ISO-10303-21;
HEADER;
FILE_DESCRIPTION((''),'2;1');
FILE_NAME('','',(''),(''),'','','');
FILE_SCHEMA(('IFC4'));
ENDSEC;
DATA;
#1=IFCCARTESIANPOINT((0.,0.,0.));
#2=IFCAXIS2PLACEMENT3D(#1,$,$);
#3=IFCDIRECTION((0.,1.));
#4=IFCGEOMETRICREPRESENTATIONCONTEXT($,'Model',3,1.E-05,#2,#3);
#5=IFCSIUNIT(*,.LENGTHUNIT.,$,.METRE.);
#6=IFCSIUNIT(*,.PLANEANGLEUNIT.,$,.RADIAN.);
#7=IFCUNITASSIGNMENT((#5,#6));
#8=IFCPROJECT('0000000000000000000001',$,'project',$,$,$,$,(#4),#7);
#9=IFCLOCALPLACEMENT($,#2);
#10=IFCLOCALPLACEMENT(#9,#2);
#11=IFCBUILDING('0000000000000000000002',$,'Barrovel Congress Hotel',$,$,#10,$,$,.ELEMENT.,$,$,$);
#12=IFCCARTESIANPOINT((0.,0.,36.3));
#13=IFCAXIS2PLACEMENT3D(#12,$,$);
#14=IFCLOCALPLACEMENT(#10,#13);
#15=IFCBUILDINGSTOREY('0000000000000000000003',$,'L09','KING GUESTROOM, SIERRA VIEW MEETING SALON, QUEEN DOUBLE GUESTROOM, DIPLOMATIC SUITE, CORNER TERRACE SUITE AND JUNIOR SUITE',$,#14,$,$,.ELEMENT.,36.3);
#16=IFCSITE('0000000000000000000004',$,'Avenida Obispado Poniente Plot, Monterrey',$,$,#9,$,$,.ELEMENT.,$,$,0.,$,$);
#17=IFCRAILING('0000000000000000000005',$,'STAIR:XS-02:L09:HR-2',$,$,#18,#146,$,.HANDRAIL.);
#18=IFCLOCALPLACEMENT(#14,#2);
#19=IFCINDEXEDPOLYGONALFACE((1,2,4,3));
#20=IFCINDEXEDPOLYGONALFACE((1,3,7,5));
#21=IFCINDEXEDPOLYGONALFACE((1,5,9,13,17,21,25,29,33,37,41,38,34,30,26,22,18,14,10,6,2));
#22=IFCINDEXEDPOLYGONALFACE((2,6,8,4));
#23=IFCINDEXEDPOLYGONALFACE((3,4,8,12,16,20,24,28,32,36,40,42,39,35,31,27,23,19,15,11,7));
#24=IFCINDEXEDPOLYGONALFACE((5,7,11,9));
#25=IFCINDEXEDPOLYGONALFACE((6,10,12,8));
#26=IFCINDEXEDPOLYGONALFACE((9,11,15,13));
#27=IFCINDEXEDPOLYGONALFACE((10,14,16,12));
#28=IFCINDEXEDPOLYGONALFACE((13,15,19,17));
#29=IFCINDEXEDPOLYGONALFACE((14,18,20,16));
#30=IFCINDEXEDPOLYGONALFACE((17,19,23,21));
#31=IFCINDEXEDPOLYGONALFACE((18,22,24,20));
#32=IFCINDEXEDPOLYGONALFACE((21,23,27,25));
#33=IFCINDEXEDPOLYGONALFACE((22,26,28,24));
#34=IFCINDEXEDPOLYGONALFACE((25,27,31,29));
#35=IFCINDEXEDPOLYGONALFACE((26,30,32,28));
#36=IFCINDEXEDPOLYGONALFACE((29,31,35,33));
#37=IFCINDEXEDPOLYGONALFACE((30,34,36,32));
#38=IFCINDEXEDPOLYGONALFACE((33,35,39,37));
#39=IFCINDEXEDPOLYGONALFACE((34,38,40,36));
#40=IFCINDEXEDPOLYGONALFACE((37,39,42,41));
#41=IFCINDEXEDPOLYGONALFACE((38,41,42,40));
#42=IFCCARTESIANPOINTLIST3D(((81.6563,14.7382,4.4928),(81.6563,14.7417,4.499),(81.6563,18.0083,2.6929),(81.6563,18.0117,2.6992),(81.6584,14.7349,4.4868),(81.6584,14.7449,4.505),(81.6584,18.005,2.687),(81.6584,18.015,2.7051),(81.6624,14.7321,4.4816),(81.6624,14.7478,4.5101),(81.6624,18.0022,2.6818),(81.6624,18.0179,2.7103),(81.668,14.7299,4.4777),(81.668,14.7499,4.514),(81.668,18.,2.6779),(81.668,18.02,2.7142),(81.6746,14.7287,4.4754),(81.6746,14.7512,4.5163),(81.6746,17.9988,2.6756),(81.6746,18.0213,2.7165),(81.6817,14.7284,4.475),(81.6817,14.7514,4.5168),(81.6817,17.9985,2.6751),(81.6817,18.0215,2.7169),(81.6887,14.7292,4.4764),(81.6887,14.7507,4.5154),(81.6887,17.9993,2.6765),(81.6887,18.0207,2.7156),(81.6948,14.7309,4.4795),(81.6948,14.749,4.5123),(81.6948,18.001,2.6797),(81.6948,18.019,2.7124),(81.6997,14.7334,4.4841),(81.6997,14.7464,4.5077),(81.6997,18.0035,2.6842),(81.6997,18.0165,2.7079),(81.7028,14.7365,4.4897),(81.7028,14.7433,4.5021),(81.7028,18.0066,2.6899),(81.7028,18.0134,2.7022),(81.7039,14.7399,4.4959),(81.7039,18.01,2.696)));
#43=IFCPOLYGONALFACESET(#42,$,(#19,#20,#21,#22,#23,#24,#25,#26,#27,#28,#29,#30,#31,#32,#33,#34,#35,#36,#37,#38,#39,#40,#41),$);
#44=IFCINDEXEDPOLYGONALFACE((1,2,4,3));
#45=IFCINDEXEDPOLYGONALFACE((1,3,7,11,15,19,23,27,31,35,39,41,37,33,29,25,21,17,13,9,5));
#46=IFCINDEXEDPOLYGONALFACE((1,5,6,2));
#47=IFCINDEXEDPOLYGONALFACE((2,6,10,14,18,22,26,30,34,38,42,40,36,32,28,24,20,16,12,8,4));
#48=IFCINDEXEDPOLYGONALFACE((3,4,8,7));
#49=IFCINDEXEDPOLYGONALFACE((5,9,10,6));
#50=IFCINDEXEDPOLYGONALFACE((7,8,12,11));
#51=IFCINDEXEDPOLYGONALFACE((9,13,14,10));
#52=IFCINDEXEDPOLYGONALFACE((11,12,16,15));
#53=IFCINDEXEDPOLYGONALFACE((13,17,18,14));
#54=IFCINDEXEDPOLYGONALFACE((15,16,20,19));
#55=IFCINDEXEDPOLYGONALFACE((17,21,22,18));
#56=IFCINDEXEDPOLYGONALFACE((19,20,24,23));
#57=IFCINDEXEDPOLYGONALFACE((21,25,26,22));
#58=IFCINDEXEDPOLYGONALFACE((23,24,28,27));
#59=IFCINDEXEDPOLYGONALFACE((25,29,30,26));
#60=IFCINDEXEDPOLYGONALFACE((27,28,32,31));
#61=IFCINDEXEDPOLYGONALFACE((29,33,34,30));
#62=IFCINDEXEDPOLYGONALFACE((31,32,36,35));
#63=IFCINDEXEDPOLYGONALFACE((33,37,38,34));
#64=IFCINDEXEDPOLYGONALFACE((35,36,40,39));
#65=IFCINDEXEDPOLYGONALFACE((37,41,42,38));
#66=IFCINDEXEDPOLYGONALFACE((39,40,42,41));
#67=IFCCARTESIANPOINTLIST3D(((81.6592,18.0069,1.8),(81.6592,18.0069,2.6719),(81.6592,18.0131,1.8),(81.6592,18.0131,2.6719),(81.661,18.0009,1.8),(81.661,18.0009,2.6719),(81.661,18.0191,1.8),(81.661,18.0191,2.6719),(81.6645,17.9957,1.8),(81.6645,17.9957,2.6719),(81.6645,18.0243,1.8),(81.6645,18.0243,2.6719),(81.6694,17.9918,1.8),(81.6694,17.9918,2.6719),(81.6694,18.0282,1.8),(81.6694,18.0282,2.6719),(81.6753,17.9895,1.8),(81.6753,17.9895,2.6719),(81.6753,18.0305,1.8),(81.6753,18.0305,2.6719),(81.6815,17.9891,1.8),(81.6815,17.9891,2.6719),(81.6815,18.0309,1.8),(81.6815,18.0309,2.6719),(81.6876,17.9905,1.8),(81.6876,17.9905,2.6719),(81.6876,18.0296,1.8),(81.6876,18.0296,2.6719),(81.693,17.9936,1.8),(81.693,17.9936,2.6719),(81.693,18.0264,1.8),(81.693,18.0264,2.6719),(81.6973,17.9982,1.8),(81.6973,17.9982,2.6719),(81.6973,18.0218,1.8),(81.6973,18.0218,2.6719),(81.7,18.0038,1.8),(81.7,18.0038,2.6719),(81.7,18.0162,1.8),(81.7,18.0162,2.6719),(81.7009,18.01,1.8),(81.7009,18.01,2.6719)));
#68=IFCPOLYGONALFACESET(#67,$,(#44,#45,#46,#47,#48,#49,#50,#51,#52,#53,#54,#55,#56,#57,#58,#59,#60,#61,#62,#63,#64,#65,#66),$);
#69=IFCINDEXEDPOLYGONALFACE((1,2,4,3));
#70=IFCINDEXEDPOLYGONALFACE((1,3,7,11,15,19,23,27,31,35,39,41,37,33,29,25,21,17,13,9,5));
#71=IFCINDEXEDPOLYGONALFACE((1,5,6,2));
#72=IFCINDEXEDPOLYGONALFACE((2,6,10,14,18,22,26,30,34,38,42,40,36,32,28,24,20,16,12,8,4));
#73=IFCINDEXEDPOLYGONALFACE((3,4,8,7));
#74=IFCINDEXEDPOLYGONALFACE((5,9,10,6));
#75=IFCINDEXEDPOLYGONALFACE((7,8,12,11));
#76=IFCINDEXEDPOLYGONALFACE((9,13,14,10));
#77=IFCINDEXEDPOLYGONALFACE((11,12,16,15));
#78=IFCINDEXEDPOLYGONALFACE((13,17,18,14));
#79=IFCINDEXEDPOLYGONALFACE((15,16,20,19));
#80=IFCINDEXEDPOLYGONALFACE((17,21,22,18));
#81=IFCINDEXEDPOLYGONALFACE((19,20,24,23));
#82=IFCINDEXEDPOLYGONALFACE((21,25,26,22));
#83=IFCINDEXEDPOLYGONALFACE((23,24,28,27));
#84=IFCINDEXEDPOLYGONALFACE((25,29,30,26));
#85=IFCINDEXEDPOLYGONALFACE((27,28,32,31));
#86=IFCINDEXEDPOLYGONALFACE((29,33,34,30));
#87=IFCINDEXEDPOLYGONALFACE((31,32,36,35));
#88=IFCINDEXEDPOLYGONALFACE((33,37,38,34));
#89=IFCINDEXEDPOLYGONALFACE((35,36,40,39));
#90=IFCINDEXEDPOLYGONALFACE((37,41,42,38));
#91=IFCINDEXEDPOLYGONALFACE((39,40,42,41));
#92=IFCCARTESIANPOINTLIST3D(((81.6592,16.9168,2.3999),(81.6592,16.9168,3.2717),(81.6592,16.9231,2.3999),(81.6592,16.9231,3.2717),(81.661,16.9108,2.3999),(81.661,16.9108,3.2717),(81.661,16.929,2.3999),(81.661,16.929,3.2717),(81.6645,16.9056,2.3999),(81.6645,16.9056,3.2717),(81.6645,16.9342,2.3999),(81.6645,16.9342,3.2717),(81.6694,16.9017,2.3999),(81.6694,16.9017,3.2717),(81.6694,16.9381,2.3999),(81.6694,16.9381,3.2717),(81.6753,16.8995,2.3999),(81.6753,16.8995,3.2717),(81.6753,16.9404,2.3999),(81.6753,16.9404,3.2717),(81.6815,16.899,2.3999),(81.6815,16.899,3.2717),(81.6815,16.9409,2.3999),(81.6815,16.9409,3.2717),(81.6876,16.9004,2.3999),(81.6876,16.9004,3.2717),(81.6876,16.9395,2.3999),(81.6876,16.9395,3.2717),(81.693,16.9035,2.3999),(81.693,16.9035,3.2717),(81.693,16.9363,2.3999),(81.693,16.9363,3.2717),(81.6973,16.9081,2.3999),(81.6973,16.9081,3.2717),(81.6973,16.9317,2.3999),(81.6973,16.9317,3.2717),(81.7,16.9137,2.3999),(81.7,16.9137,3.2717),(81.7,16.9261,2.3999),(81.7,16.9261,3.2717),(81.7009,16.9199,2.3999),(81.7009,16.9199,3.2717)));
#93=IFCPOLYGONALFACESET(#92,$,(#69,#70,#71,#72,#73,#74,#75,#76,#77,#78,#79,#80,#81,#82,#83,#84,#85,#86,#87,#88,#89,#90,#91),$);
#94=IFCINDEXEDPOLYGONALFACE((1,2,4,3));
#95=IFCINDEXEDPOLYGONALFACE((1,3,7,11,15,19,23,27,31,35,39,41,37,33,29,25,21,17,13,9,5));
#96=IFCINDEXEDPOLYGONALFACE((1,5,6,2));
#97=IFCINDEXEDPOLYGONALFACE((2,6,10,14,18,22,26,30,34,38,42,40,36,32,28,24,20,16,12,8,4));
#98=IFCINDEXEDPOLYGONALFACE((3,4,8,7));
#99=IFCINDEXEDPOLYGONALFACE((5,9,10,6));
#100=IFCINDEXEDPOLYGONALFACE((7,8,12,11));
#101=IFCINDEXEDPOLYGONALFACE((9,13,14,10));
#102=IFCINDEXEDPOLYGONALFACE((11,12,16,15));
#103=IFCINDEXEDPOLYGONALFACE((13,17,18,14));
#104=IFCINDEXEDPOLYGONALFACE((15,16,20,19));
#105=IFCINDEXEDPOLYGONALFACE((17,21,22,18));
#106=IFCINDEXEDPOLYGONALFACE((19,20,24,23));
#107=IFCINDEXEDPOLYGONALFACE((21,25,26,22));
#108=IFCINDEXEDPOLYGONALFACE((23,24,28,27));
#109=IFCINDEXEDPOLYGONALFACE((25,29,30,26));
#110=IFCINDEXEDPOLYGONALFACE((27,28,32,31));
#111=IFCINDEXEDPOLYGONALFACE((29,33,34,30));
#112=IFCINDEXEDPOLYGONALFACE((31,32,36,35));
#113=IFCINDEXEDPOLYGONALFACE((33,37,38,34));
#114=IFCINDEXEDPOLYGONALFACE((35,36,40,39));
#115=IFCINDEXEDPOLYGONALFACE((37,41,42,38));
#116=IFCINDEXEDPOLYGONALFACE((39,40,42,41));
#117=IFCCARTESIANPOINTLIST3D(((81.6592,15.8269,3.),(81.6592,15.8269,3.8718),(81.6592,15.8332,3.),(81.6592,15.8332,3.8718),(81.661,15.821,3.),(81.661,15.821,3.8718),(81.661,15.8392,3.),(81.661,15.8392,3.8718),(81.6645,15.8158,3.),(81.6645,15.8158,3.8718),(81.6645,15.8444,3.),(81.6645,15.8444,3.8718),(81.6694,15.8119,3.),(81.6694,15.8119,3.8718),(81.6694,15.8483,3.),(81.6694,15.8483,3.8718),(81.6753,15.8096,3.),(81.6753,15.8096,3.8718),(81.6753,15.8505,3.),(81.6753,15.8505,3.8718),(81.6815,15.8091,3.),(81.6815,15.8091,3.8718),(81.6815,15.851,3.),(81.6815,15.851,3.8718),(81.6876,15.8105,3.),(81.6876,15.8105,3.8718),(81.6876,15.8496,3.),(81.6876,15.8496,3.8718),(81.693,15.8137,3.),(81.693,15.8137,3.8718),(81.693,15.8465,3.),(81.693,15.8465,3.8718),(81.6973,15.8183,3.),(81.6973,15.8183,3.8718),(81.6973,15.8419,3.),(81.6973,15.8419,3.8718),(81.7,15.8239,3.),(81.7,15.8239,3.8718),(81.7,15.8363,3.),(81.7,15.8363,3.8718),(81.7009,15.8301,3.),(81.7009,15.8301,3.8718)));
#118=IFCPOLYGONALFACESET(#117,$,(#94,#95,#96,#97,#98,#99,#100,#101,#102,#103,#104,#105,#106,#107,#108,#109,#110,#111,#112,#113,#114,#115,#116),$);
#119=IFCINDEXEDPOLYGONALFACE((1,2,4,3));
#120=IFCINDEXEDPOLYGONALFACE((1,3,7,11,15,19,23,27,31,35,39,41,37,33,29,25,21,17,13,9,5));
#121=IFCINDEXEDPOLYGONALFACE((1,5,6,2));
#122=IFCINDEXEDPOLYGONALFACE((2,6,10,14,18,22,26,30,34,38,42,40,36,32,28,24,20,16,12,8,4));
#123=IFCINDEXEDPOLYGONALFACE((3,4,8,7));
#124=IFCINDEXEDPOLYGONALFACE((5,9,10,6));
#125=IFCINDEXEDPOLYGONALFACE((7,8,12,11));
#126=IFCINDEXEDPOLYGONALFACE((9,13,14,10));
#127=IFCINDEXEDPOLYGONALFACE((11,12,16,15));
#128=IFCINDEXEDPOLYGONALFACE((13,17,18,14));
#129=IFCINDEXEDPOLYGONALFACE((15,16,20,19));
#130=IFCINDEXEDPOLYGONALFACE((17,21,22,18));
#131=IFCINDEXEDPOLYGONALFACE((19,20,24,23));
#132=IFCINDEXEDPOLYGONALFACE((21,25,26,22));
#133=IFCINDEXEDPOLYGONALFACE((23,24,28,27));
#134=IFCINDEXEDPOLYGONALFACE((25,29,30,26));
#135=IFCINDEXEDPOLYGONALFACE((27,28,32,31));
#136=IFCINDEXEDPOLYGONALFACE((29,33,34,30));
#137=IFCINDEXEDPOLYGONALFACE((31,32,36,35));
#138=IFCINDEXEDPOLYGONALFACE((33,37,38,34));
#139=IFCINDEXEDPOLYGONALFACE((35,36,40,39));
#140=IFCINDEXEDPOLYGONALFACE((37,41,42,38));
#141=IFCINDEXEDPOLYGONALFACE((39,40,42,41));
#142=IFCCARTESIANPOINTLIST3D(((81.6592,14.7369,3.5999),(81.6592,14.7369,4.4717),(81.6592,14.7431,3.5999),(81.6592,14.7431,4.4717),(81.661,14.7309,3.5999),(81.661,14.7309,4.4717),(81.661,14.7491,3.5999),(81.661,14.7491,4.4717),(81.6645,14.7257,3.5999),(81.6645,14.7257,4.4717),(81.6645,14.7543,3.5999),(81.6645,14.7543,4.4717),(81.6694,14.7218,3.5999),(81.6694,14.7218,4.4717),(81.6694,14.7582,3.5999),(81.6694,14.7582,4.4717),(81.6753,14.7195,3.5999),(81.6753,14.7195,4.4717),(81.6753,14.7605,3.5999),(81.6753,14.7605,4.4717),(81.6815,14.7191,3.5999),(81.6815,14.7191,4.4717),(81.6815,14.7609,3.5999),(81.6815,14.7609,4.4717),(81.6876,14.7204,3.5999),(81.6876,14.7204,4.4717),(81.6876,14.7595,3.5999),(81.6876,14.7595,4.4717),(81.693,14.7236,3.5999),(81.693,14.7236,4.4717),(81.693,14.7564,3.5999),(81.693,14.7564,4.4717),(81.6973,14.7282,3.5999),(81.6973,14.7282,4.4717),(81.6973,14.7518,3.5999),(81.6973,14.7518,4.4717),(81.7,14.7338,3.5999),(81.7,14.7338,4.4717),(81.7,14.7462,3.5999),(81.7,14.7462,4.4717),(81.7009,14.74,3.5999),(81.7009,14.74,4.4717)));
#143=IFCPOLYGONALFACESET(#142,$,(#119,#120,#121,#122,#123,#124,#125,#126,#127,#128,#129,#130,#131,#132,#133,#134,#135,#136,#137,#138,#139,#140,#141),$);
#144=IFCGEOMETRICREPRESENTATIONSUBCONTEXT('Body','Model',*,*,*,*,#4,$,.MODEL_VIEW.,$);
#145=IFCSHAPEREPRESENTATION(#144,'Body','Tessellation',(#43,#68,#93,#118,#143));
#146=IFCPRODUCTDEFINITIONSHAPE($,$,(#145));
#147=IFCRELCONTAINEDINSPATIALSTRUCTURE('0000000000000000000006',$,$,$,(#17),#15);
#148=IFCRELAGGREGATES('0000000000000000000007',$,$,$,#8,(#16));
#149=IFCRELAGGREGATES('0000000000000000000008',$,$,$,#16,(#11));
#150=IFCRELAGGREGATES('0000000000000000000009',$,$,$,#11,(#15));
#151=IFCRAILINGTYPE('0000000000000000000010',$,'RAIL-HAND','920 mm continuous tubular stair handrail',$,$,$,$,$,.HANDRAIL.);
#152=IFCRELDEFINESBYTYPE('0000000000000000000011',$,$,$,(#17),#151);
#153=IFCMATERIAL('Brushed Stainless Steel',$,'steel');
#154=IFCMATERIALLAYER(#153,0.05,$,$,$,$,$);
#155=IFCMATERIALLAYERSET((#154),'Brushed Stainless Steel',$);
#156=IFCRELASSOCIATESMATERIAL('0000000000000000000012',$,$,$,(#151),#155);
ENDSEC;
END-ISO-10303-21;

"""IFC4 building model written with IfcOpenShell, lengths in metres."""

from ifc_helpers import new_model, si_unit, direction, frame, origin, origin_2d, place, context, subcontext, project, spatial, circle, extrude, material, layer, layer_set, type_object, element, save


model = new_model("IFC4")

# Units and contexts
model_context = context("Model", 3, precision=1e-05, world=origin(), true_north=direction((0.0, 1.0)))
body_context = subcontext(model_context, "Body", "Model", "MODEL_VIEW")
ifc_project = project(units=[si_unit("LENGTHUNIT", "METRE"), si_unit("PLANEANGLEUNIT", "RADIAN")], contexts=[model_context])

# Site, building, storey
site_placement = place(None, origin())
site = spatial("IfcSite", under=ifc_project, at=site_placement, Name="Avenida Obispado Poniente Plot, Monterrey", CompositionType="ELEMENT", RefElevation=0.0)
building_placement = place(site_placement, origin())
building = spatial("IfcBuilding", under=site, at=building_placement, Name="Barrovel Congress Hotel", CompositionType="ELEMENT")
storey_placement = place(building_placement, frame((0.0, 0.0, 36.3)))
storey = spatial("IfcBuildingStorey", under=building, at=storey_placement, Name="L09", Description="KING GUESTROOM, SIERRA VIEW MEETING SALON, QUEEN DOUBLE GUESTROOM, DIPLOMATIC SUITE, CORNER TERRACE SUITE AND JUNIOR SUITE", CompositionType="ELEMENT", Elevation=36.3)

# Shared definitions
ifc_material_1 = material(Name="Brushed Stainless Steel", Category="steel")

# Railing
ifc_layer_1 = layer(ifc_material_1, 0.05)
ifc_layer_set_1 = layer_set([ifc_layer_1], Name="Brushed Stainless Steel")
railing_type_1 = type_object("IfcRailingType", Name="RAIL-HAND", Description="920 mm continuous tubular stair handrail", PredefinedType="HANDRAIL", material=ifc_layer_set_1)
railing_1_placement = place(storey_placement, frame((81.6799, 18.01, 1.8)))
element("IfcRailing", 1, at=railing_1_placement, inside=storey, type_object=railing_type_1, Name="STAIR:XS-02:L09:HR-2", PredefinedType="HANDRAIL", context=body_context, shape_type="SweptSolid", body=[
    extrude(circle(Radius=0.0239, at=origin_2d()), frame((0.0, 0.0, 0.896), z_axis=(0.0, -0.876069, 0.482185), x_axis=(1.0, 0.0, 0.0)), (0.0, 0.0, 1.0), 3.7327),
    extrude(circle(Radius=0.021, at=origin_2d()), origin(), (0.0, 0.0, 1.0), 0.8718),
    extrude(circle(Radius=0.021, at=origin_2d()), frame((0.0, -1.0901, 0.5999)), (0.0, 0.0, 1.0), 0.8718),
    extrude(circle(Radius=0.021, at=origin_2d()), frame((0.0, -2.1799, 1.2)), (0.0, 0.0, 1.0), 0.8718),
    extrude(circle(Radius=0.021, at=origin_2d()), frame((0.0, -3.27, 1.7998)), (0.0, 0.0, 1.0), 0.8718),
])

save(model, "model.ifc")
